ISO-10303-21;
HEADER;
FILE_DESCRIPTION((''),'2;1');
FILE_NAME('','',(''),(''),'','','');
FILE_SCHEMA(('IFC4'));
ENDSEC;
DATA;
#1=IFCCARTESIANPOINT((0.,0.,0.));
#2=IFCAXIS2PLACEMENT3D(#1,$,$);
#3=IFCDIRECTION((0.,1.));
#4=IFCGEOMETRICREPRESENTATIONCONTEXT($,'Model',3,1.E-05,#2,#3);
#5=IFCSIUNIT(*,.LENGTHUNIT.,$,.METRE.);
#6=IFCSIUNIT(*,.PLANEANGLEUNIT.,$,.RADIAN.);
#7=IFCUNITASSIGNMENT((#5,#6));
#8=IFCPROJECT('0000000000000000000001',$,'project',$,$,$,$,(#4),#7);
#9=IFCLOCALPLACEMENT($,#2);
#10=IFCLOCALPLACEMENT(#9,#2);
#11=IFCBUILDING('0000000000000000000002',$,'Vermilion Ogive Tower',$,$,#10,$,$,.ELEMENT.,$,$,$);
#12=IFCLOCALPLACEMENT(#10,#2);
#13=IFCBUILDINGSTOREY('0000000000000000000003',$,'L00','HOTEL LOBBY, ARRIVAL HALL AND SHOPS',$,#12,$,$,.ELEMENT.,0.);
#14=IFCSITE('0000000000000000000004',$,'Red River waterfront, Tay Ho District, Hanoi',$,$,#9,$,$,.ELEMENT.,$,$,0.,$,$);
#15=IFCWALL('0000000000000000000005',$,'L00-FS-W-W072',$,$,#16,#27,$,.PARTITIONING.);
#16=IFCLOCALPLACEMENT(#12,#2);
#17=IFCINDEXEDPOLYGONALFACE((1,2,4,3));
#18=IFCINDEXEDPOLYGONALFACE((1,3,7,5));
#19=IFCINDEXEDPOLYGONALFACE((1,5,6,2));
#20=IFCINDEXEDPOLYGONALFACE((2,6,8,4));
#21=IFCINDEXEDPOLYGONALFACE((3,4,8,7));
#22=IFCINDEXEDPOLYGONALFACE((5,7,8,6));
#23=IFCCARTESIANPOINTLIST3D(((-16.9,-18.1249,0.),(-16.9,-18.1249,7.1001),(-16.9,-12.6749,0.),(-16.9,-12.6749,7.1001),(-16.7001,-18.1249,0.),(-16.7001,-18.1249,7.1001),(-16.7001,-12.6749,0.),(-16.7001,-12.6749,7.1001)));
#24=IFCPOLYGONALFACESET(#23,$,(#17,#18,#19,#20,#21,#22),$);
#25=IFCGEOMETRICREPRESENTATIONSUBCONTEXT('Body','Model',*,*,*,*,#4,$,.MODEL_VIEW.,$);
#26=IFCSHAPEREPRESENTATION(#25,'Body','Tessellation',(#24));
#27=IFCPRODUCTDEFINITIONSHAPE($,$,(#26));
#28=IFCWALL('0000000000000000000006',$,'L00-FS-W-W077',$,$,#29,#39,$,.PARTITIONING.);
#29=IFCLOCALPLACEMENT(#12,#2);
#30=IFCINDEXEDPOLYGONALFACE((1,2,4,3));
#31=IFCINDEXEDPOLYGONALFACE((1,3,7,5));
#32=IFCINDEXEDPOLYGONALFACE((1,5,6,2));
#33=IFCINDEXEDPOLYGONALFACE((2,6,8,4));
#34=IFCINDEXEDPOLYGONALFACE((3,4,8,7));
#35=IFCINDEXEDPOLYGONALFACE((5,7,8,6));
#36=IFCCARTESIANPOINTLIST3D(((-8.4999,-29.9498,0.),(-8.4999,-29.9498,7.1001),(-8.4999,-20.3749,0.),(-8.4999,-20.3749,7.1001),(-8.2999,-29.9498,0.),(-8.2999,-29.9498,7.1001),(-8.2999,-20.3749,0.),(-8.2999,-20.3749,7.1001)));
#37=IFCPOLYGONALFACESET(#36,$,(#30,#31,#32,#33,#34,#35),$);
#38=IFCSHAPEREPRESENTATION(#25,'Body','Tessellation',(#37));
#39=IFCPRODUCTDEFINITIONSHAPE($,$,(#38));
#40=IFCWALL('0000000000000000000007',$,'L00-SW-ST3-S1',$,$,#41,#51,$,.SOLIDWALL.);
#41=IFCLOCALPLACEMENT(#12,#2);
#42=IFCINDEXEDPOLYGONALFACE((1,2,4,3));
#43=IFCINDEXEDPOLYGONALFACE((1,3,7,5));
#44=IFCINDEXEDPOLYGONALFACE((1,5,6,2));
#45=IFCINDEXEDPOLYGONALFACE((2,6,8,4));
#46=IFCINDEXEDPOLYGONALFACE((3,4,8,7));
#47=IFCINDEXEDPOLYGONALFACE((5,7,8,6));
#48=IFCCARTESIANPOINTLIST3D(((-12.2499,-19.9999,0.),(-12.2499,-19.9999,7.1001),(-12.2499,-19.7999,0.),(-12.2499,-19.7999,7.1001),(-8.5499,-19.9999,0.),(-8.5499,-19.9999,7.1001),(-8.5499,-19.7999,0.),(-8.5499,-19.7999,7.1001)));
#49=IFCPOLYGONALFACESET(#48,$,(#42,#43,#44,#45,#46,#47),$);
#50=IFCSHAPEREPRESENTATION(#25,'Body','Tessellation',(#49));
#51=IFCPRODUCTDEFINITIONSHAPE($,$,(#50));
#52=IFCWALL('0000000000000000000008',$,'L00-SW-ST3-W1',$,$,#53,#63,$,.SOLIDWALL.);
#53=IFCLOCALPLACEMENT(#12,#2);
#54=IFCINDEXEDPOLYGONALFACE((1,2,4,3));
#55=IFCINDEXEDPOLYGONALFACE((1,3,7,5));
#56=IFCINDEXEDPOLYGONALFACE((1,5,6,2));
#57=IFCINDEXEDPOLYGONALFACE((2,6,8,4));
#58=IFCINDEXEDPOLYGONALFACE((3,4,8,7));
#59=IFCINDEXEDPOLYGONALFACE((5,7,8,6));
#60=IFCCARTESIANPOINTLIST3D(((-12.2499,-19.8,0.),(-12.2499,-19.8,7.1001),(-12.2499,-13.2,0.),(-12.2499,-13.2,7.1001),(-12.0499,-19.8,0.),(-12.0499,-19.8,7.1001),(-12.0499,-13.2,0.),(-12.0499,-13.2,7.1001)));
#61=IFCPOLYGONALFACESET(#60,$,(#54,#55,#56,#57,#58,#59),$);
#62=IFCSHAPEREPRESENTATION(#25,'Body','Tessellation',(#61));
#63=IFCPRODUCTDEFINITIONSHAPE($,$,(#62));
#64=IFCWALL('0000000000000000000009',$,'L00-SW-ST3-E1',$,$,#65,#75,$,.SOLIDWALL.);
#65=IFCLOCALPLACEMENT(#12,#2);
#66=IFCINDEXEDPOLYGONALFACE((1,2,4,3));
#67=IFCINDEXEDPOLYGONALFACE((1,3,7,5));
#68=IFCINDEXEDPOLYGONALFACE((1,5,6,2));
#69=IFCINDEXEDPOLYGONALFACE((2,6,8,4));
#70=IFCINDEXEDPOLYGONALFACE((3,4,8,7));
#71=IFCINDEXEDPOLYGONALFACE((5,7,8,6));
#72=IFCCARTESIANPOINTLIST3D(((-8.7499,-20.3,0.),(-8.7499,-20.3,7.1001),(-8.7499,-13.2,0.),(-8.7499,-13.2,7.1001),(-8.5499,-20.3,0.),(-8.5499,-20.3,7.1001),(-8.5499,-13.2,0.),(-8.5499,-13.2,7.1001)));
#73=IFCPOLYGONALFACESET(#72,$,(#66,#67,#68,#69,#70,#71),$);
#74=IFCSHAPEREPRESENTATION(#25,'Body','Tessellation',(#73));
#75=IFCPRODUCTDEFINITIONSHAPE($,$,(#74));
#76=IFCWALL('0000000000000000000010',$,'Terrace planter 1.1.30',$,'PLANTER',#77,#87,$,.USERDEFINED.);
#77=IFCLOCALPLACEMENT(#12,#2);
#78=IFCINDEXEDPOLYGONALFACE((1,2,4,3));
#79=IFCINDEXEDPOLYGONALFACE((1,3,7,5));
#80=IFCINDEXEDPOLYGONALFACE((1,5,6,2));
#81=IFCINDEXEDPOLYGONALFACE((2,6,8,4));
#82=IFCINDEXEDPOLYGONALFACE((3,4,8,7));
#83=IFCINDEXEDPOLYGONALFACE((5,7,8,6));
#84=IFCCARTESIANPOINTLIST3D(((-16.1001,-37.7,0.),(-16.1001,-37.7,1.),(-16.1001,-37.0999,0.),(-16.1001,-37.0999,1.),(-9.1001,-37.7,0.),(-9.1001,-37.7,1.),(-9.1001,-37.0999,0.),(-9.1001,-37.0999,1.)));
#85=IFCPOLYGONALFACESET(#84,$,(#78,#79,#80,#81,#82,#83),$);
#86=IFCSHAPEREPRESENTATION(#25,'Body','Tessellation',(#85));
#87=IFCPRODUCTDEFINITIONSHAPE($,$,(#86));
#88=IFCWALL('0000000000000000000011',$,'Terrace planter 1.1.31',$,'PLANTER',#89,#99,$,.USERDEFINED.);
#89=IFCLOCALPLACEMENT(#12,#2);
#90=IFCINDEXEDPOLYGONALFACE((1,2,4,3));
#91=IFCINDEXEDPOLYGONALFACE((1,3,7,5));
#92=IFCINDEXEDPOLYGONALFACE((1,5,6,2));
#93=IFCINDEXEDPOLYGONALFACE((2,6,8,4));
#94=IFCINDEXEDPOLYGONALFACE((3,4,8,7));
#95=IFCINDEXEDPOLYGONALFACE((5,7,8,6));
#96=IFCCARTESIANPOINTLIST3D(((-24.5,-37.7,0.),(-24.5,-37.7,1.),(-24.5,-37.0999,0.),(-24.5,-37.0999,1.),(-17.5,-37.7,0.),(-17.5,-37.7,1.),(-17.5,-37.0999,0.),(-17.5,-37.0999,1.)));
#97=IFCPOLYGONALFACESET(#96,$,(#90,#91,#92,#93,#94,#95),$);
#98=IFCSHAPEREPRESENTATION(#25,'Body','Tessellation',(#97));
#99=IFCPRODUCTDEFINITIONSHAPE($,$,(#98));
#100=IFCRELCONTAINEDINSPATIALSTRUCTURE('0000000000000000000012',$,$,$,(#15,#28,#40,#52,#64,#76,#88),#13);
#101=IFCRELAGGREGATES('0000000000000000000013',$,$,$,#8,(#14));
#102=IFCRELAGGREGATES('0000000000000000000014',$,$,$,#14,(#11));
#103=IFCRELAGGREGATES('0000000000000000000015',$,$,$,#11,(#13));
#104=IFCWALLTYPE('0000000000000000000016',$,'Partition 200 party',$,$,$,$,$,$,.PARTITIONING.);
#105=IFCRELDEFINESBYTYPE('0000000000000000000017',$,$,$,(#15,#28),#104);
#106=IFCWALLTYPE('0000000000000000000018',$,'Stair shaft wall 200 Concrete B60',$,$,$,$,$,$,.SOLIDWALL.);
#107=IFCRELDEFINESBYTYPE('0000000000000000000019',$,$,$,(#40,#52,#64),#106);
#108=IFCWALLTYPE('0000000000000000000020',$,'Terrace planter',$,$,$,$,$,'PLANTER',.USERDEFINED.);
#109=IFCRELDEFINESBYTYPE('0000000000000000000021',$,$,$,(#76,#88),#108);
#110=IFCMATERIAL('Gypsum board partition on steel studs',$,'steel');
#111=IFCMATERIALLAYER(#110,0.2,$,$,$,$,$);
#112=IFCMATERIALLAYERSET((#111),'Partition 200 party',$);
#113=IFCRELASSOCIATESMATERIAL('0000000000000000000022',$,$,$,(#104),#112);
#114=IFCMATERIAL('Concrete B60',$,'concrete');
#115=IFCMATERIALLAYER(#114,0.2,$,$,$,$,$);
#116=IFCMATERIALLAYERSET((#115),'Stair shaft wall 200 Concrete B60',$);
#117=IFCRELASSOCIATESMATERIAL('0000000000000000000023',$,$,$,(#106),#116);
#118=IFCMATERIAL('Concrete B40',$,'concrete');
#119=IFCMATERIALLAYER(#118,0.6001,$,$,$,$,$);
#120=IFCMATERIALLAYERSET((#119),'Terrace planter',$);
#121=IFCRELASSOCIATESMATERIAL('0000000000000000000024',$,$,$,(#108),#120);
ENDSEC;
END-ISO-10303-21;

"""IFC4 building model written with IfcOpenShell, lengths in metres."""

from ifc_helpers import new_model, si_unit, direction, frame, frame_2d, origin, place, context, subcontext, project, spatial, rectangle, extrude, material, layer, layer_set, type_object, element, save


model = new_model("IFC4")

# Units and contexts
model_context = context("Model", 3, precision=1e-05, world=origin(), true_north=direction((0.0, 1.0)))
body_context = subcontext(model_context, "Body", "Model", "MODEL_VIEW")
ifc_project = project(units=[si_unit("LENGTHUNIT", "METRE"), si_unit("PLANEANGLEUNIT", "RADIAN")], contexts=[model_context])

# Site, building, storey
site_placement = place(None, origin())
site = spatial("IfcSite", under=ifc_project, at=site_placement, Name="Red River waterfront, Tay Ho District, Hanoi", CompositionType="ELEMENT", RefElevation=0.0)
building_placement = place(site_placement, origin())
building = spatial("IfcBuilding", under=site, at=building_placement, Name="Vermilion Ogive Tower", CompositionType="ELEMENT")
storey_placement = place(building_placement, origin())
storey = spatial("IfcBuildingStorey", under=building, at=storey_placement, Name="L00", Description="HOTEL LOBBY, ARRIVAL HALL AND SHOPS", CompositionType="ELEMENT", Elevation=0.0)

# Walls
ifc_material_1 = material(Name="Gypsum board partition on steel studs", Category="steel")
ifc_layer_1 = layer(ifc_material_1, 0.2)
ifc_layer_set_1 = layer_set([ifc_layer_1], Name="Partition 200 party")
wall_type_1 = type_object("IfcWallType", Name="Partition 200 party", PredefinedType="PARTITIONING", material=ifc_layer_set_1)
wall_1_placement = place(storey_placement, frame((-16.8, -18.125, 0.0), z_axis=(0.0, 0.0, 1.0), x_axis=(0.0, 1.0, 0.0)))
element("IfcWall", 1, at=wall_1_placement, inside=storey, type_object=wall_type_1, Name="L00-FS-W-W072", PredefinedType="PARTITIONING", context=body_context, shape_type="SweptSolid", body=[
    extrude(rectangle(XDim=5.45, YDim=0.2, at=frame_2d((2.7251, 0.0))), origin(), (0.0, 0.0, 1.0), 7.1001),
])
wall_2_placement = place(storey_placement, frame((-8.3999, -29.95, 0.0), z_axis=(0.0, 0.0, 1.0), x_axis=(0.0, 1.0, 0.0)))
element("IfcWall", 2, at=wall_2_placement, inside=storey, type_object=wall_type_1, Name="L00-FS-W-W077", PredefinedType="PARTITIONING", context=body_context, shape_type="SweptSolid", body=[
    extrude(rectangle(XDim=9.575, YDim=0.2, at=frame_2d((4.7876, 0.0))), origin(), (0.0, 0.0, 1.0), 7.1001),
])
ifc_material_2 = material(Name="Concrete B60", Category="concrete")
ifc_layer_2 = layer(ifc_material_2, 0.2)
ifc_layer_set_2 = layer_set([ifc_layer_2], Name="Stair shaft wall 200 Concrete B60")
wall_type_2 = type_object("IfcWallType", Name="Stair shaft wall 200 Concrete B60", PredefinedType="SOLIDWALL", material=ifc_layer_set_2)
wall_3_placement = place(storey_placement, frame((-12.25, -19.8999, 0.0), z_axis=(0.0, 0.0, 1.0), x_axis=(1.0, 0.0, 0.0)))
element("IfcWall", 3, at=wall_3_placement, inside=storey, type_object=wall_type_2, Name="L00-SW-ST3-S1", PredefinedType="SOLIDWALL", context=body_context, shape_type="SweptSolid", body=[
    extrude(rectangle(XDim=3.7, YDim=0.2, at=frame_2d((1.8501, 0.0))), origin(), (0.0, 0.0, 1.0), 7.1001),
])
wall_4_placement = place(storey_placement, frame((-12.1499, -19.8, 0.0), z_axis=(0.0, 0.0, 1.0), x_axis=(0.0, 1.0, 0.0)))
element("IfcWall", 4, at=wall_4_placement, inside=storey, type_object=wall_type_2, Name="L00-SW-ST3-W1", PredefinedType="SOLIDWALL", context=body_context, shape_type="SweptSolid", body=[
    extrude(rectangle(XDim=6.6001, YDim=0.2, at=frame_2d((3.3, 0.0))), origin(), (0.0, 0.0, 1.0), 7.1001),
])
wall_5_placement = place(storey_placement, frame((-8.6499, -20.3, 0.0), z_axis=(0.0, 0.0, 1.0), x_axis=(0.0, 1.0, 0.0)))
element("IfcWall", 5, at=wall_5_placement, inside=storey, type_object=wall_type_2, Name="L00-SW-ST3-E1", PredefinedType="SOLIDWALL", context=body_context, shape_type="SweptSolid", body=[
    extrude(rectangle(XDim=7.1001, YDim=0.2, at=frame_2d((3.55, 0.0))), origin(), (0.0, 0.0, 1.0), 7.1001),
])
ifc_material_3 = material(Name="Concrete B40", Category="concrete")
ifc_layer_3 = layer(ifc_material_3, 0.6001)
ifc_layer_set_3 = layer_set([ifc_layer_3], Name="Terrace planter")
wall_type_3 = type_object("IfcWallType", Name="Terrace planter", ElementType="PLANTER", PredefinedType="USERDEFINED", material=ifc_layer_set_3)
for number, where, z_axis, x_axis, name in (
    (6, (-9.1001, -37.3999, 0.0), (0.0, 0.0, 1.0), (-1.0, 0.0, 0.0), "Terrace planter 1.1.30"),
    (7, (-17.5, -37.3999, 0.0), (0.0, 0.0, 1.0), (-1.0, 0.0, 0.0), "Terrace planter 1.1.31"),
):
    element("IfcWall", number, at=place(storey_placement, frame(where, z_axis=z_axis, x_axis=x_axis)), inside=storey, type_object=wall_type_3, Name=name, ObjectType="PLANTER", PredefinedType="USERDEFINED", context=body_context, shape_type="SweptSolid", body=[
        extrude(rectangle(XDim=7.0, YDim=0.6001, at=frame_2d((3.5, 0.0))), origin(), (0.0, 0.0, 1.0), 1.0),
    ])

save(model, "model.ifc")
